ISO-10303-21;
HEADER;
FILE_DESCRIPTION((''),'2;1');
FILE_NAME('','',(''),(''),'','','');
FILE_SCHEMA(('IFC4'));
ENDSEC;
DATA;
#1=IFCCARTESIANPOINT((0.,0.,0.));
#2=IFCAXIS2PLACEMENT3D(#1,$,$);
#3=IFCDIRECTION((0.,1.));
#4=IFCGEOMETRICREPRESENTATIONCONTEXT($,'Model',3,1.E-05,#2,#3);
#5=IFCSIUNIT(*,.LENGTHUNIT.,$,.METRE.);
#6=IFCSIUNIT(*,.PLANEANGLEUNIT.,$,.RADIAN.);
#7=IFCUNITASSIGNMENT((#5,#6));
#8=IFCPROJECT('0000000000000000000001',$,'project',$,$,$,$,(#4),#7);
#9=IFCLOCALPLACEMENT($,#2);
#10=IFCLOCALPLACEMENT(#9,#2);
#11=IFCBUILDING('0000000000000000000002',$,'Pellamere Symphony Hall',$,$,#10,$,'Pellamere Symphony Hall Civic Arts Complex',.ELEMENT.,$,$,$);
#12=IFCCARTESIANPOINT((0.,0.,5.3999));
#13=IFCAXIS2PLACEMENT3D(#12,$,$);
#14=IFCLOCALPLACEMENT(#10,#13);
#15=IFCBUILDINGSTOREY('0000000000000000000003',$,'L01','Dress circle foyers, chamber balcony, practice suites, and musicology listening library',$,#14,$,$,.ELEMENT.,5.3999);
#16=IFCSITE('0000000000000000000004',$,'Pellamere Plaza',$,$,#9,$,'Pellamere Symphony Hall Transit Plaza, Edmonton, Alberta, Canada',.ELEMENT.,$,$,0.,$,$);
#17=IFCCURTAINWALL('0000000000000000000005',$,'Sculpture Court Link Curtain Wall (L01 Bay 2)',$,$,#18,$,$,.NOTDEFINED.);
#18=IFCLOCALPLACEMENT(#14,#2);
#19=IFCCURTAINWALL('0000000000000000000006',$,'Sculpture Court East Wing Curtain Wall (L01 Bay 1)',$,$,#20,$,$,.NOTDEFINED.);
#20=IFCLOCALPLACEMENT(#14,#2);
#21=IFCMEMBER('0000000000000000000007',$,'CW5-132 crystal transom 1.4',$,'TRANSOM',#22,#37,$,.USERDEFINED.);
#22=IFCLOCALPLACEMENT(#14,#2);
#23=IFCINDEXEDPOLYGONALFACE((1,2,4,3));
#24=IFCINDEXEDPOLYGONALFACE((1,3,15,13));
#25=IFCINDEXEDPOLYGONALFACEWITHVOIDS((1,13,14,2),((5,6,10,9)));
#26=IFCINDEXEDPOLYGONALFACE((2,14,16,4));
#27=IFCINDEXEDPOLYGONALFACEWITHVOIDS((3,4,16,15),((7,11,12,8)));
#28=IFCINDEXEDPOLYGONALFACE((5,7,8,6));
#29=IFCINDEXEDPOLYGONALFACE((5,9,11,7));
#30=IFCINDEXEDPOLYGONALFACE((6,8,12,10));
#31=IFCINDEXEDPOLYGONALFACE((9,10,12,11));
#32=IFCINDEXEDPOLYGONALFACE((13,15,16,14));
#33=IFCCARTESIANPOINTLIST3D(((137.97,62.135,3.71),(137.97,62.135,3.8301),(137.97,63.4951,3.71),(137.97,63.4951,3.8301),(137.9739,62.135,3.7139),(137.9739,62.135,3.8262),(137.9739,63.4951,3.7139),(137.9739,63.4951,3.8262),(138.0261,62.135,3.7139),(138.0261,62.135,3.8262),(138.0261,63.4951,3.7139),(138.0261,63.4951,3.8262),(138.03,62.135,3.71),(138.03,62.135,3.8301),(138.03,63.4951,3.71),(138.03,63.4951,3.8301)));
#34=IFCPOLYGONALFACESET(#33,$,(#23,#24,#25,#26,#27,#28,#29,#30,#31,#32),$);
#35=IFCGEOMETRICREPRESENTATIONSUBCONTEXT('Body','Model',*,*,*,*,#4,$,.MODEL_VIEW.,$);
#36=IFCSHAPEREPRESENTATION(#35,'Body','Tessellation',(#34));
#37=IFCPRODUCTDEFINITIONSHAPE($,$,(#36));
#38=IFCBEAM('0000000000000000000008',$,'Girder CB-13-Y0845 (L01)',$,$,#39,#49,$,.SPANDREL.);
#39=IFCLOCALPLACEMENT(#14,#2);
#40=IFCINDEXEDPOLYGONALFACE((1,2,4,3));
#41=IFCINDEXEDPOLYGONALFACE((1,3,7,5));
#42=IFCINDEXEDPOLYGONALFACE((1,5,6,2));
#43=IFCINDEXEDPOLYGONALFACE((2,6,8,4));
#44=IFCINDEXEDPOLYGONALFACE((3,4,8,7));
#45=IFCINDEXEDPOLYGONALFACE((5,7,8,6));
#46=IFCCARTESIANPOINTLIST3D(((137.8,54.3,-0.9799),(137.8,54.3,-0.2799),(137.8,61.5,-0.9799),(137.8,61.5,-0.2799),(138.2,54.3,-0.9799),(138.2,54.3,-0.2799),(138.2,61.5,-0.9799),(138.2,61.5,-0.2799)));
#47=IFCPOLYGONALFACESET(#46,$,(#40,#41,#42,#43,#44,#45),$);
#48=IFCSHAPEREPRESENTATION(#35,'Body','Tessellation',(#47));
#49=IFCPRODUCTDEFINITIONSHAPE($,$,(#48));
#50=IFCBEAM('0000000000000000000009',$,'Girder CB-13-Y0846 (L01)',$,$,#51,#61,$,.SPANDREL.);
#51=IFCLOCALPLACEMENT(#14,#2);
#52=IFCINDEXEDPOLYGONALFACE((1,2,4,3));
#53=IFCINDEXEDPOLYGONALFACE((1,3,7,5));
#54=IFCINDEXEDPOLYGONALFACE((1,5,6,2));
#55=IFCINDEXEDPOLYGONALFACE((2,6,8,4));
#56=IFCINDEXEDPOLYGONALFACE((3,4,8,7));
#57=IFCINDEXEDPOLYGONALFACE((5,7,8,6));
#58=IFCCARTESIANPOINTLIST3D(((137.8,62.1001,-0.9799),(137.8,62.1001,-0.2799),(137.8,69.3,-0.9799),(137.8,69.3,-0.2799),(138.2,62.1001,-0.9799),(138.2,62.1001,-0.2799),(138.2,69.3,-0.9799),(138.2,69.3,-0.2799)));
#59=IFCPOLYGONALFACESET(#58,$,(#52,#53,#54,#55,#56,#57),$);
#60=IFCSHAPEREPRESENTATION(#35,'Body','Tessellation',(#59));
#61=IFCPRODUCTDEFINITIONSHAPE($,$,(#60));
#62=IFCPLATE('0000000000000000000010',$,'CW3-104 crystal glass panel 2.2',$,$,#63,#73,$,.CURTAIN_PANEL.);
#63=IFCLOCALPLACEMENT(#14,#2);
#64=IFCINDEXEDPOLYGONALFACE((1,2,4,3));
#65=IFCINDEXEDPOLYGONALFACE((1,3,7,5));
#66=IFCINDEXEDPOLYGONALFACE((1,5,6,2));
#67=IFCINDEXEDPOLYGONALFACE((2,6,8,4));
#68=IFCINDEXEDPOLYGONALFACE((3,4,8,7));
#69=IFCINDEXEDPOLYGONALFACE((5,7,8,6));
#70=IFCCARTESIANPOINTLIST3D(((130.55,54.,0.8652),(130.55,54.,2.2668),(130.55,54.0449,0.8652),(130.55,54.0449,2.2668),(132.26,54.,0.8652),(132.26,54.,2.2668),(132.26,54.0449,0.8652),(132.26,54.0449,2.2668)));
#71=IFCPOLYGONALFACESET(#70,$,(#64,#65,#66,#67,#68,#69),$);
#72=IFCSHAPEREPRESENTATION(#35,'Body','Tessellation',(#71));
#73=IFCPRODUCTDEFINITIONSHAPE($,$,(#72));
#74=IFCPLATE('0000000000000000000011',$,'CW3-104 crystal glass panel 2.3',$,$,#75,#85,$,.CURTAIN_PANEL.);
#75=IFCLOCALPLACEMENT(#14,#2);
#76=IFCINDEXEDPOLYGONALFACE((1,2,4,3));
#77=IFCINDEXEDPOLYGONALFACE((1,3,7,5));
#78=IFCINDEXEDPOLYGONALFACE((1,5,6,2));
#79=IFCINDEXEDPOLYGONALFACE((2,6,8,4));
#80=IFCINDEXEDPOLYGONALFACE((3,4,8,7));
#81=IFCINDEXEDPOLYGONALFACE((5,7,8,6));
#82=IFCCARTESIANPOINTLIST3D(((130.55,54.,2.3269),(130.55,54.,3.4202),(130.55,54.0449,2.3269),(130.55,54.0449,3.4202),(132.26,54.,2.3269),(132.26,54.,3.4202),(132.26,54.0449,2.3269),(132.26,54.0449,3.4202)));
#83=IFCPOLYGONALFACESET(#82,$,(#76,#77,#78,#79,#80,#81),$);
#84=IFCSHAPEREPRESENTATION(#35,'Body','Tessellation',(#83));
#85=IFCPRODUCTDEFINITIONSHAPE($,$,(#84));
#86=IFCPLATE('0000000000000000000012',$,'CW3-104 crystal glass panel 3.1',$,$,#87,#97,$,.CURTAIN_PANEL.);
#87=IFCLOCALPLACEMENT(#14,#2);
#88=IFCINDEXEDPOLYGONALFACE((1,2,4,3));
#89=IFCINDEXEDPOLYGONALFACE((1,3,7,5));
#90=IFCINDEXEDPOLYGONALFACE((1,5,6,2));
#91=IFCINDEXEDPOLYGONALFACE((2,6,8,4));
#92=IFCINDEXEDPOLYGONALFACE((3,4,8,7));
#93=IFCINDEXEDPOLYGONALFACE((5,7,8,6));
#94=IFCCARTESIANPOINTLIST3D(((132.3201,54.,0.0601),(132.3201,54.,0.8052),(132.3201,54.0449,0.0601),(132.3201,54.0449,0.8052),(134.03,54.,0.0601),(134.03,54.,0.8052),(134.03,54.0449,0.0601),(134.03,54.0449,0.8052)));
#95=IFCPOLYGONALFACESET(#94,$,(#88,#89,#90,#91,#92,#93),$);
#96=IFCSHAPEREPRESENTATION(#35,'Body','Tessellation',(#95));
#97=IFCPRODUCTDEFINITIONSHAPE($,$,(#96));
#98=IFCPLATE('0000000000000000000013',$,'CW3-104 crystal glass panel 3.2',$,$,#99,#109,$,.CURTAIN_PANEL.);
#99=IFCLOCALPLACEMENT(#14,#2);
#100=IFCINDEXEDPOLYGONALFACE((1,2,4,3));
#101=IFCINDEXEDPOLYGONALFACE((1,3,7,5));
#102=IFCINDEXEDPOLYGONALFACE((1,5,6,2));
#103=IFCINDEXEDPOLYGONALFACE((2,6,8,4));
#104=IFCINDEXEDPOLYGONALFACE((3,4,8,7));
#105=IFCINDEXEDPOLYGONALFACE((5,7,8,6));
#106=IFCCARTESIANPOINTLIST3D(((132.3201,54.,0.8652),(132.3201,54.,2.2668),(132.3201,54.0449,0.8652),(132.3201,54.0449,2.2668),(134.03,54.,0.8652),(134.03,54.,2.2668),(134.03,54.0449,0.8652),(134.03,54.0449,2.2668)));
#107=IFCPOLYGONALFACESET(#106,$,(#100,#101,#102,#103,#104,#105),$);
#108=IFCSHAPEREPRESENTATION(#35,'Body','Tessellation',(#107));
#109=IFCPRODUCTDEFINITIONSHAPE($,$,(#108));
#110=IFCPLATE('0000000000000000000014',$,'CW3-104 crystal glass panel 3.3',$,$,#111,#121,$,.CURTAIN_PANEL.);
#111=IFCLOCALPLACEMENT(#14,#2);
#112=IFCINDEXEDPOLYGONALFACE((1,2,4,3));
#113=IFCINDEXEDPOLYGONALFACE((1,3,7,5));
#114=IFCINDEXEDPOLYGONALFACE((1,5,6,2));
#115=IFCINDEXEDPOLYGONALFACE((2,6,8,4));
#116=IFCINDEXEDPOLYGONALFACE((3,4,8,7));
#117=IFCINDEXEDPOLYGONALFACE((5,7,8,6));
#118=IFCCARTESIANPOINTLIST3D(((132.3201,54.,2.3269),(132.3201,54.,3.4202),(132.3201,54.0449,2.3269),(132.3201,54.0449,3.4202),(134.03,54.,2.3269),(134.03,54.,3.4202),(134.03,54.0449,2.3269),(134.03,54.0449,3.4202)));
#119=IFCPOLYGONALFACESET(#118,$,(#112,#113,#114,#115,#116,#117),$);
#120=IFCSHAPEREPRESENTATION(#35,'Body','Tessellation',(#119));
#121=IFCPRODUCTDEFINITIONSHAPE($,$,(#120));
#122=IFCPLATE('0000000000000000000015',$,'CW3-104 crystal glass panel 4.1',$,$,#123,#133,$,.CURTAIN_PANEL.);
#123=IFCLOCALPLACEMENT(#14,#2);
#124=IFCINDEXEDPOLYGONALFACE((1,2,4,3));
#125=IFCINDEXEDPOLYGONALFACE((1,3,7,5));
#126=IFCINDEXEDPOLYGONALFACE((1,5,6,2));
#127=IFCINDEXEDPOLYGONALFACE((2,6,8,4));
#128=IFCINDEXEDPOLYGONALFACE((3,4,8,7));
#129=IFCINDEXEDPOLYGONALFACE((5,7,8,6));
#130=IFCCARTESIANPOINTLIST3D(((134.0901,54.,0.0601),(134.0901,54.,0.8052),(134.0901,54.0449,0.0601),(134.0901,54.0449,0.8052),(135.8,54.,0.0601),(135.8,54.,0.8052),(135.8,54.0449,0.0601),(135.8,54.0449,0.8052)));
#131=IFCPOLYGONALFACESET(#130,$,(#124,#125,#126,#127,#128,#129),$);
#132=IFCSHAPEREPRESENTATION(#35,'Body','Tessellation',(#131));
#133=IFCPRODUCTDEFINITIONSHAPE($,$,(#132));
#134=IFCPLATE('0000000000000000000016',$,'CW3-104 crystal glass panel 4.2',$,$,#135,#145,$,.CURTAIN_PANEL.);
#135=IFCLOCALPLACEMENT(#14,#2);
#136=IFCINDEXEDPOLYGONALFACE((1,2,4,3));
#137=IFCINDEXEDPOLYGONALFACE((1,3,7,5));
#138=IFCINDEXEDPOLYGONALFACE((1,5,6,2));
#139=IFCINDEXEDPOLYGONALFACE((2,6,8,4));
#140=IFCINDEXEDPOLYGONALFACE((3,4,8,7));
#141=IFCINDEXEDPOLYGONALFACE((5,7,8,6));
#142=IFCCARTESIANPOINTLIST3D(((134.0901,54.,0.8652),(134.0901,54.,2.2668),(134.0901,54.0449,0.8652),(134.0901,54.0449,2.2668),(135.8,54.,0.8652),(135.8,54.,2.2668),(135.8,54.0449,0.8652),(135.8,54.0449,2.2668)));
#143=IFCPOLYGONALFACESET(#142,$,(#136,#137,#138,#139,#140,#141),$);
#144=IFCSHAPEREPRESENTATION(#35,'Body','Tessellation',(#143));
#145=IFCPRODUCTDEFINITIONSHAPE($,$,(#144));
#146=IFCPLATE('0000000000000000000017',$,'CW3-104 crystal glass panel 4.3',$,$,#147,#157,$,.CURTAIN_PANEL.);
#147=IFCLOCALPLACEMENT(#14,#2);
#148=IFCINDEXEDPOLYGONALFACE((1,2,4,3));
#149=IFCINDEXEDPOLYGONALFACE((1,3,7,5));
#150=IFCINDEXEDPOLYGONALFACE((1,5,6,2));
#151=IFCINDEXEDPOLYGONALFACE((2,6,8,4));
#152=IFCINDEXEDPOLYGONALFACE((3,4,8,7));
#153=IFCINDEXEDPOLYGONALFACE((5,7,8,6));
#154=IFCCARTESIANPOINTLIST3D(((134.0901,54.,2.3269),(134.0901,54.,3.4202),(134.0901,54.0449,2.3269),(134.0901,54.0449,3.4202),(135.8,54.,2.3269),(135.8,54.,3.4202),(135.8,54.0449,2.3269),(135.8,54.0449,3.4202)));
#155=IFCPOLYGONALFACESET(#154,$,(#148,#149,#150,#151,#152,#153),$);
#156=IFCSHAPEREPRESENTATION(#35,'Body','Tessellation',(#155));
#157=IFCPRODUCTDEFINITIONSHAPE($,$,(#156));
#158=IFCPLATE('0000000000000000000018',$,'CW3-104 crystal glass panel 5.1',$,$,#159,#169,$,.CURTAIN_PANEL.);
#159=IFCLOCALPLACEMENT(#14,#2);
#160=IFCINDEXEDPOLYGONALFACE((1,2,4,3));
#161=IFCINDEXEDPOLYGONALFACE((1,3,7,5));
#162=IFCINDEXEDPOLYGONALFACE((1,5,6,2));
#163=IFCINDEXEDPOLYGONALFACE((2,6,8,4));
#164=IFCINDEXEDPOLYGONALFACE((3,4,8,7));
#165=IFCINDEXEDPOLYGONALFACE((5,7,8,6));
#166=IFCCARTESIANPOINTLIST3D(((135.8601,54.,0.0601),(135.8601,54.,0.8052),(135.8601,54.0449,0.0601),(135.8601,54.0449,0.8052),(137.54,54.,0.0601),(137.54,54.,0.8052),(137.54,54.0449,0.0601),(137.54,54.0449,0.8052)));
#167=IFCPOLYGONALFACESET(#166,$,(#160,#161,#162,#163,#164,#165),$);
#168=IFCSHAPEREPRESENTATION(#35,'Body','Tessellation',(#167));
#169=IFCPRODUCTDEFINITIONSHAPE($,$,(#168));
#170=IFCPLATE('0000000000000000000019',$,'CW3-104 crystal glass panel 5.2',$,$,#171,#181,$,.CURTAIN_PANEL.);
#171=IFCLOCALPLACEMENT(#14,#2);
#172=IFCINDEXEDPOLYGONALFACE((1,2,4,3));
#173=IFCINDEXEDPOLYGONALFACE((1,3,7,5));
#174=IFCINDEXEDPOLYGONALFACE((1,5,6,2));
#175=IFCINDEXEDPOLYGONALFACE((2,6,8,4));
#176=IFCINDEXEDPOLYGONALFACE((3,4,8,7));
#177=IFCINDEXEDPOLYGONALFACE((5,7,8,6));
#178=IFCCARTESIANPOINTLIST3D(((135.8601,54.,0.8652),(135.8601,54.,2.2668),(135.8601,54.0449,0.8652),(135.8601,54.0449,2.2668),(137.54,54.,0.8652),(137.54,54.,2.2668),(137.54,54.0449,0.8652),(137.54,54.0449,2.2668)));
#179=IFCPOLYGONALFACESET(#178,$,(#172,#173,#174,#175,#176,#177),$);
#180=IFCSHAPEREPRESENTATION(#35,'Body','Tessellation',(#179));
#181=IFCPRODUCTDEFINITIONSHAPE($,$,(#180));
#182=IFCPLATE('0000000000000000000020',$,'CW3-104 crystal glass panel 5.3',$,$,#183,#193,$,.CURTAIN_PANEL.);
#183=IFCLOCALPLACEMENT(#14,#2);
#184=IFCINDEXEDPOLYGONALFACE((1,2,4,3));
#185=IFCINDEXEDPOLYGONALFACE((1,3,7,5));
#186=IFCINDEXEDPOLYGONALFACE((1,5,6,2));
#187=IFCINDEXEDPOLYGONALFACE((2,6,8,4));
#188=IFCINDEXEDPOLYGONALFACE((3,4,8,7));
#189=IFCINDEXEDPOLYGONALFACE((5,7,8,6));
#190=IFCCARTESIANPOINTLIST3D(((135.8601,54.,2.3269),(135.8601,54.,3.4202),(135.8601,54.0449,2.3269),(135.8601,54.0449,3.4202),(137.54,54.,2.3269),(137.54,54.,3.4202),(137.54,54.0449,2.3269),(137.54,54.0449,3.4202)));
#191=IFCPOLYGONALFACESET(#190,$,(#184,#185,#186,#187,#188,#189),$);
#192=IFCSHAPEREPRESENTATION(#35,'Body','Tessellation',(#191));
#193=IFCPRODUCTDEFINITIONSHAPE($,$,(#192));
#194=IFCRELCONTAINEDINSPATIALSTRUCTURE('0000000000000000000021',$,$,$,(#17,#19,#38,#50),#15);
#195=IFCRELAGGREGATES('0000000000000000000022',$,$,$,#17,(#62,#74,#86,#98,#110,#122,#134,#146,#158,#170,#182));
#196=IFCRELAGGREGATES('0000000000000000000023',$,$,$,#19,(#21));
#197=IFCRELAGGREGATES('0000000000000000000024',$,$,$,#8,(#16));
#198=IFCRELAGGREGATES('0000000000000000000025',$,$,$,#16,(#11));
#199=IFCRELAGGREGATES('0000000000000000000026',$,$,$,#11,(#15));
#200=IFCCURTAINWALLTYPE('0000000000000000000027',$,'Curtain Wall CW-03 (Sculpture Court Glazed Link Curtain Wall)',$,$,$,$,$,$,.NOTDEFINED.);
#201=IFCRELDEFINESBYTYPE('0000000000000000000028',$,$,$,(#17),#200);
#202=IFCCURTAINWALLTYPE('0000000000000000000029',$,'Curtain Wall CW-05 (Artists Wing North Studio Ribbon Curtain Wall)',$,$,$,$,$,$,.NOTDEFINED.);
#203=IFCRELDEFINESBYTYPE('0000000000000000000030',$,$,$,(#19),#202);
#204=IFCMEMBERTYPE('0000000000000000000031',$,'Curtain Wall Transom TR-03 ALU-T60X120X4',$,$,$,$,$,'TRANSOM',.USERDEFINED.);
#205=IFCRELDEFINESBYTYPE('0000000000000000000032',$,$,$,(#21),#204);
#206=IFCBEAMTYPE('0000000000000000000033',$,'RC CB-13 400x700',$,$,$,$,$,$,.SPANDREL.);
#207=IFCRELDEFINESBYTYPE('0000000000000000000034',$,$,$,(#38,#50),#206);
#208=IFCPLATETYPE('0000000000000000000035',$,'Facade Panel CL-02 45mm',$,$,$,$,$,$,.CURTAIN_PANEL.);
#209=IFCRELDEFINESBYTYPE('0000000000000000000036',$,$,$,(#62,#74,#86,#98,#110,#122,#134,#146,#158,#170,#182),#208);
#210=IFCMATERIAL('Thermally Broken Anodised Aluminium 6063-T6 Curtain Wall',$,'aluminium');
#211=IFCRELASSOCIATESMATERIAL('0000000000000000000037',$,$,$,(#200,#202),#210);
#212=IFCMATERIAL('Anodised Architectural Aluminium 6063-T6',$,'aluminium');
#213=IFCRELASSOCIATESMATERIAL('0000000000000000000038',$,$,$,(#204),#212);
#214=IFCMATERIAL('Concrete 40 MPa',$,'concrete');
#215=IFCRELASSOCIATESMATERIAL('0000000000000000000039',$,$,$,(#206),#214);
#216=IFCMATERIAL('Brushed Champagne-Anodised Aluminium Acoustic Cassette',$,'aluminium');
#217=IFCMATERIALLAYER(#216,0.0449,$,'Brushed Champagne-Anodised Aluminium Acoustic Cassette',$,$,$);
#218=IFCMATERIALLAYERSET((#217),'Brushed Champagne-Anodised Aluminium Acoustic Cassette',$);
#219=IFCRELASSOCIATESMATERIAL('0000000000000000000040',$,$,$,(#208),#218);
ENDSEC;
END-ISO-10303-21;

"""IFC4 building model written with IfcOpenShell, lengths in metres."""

from ifc_helpers import new_model, si_unit, direction, frame, origin, origin_2d, place, context, subcontext, project, spatial, polyline, rectangle, hollow_rectangle, outline, extrude, material, layer, layer_set, material_profile, profile_set, type_object, element, aggregate, save


model = new_model("IFC4")

# Units and contexts
model_context = context("Model", 3, precision=1e-05, world=origin(), true_north=direction((0.0, 1.0)))
body_context = subcontext(model_context, "Body", "Model", "MODEL_VIEW")
ifc_project = project(units=[si_unit("LENGTHUNIT", "METRE"), si_unit("PLANEANGLEUNIT", "RADIAN")], contexts=[model_context])

# Site, building, storey
site_placement = place(None, origin())
site = spatial("IfcSite", under=ifc_project, at=site_placement, Name="Pellamere Plaza", LongName="Pellamere Symphony Hall Transit Plaza, Edmonton, Alberta, Canada", CompositionType="ELEMENT", RefElevation=0.0)
building_placement = place(site_placement, origin())
building = spatial("IfcBuilding", under=site, at=building_placement, Name="Pellamere Symphony Hall", LongName="Pellamere Symphony Hall Civic Arts Complex", CompositionType="ELEMENT")
storey_placement = place(building_placement, frame((0.0, 0.0, 5.3999)))
storey = spatial("IfcBuildingStorey", under=building, at=storey_placement, Name="L01", Description="Dress circle foyers, chamber balcony, practice suites, and musicology listening library", CompositionType="ELEMENT", Elevation=5.3999)

# Shared definitions
ifc_material_1 = material(Name="Concrete 40 MPa", Category="concrete")

# Curtain wall
ifc_material_2 = material(Name="Thermally Broken Anodised Aluminium 6063-T6 Curtain Wall", Category="aluminium")
curtain_wall_type_1 = type_object("IfcCurtainWallType", Name="Curtain Wall CW-03 (Sculpture Court Glazed Link Curtain Wall)", PredefinedType="NOTDEFINED", material=ifc_material_2)
curtain_wall_1_placement = place(storey_placement, origin())
curtain_wall_1 = element("IfcCurtainWall", 1, at=curtain_wall_1_placement, inside=storey, type_object=curtain_wall_type_1, Name="Sculpture Court Link Curtain Wall (L01 Bay 2)", PredefinedType="NOTDEFINED")
ifc_material_3 = material(Name="Anodised Architectural Aluminium 6063-T6", Category="aluminium")

# Curtain wall
curtain_wall_type_2 = type_object("IfcCurtainWallType", Name="Curtain Wall CW-05 (Artists Wing North Studio Ribbon Curtain Wall)", PredefinedType="NOTDEFINED", material=ifc_material_2)
curtain_wall_2_placement = place(storey_placement, origin())
curtain_wall_2 = element("IfcCurtainWall", 2, at=curtain_wall_2_placement, inside=storey, type_object=curtain_wall_type_2, Name="Sculpture Court East Wing Curtain Wall (L01 Bay 1)", PredefinedType="NOTDEFINED")

# Member
ifc_material_profile_1 = material_profile(ifc_material_3, hollow_rectangle(XDim=0.0601, YDim=0.1201, WallThickness=0.0039, at=origin_2d()), Name="ALU-T60X120X4")
ifc_profile_set_1 = profile_set([ifc_material_profile_1], Name="Anodised Architectural Aluminium 6063-T6")
member_type_1 = type_object("IfcMemberType", Name="Curtain Wall Transom TR-03 ALU-T60X120X4", ElementType="TRANSOM", PredefinedType="USERDEFINED", material=ifc_profile_set_1)
member_1_placement = place(storey_placement, frame((138.0, 62.135, 3.77), z_axis=(0.0, 1.0, 0.0), x_axis=(-1.0, 0.0, 0.0)))
member_1 = element("IfcMember", 3, at=member_1_placement, type_object=member_type_1, Name="CW5-132 crystal transom 1.4", ObjectType="TRANSOM", PredefinedType="USERDEFINED", context=body_context, shape_type="SweptSolid", body=[
    extrude(hollow_rectangle(XDim=0.0601, YDim=0.1201, WallThickness=0.0039, at=origin_2d()), origin(), (0.0, 0.0, 1.0), 1.3601),
])

# Beams
ifc_material_profile_2 = material_profile(ifc_material_1, rectangle(XDim=0.3999, YDim=0.7, at=origin_2d()), Name="RC 400x700")
ifc_profile_set_2 = profile_set([ifc_material_profile_2], Name="Concrete 40 MPa")
beam_type = type_object("IfcBeamType", Name="RC CB-13 400x700", PredefinedType="SPANDREL", material=ifc_profile_set_2)
for number, where, z_axis, x_axis, name in (
    (4, (138.0, 54.3, -0.6299), (0.0, 1.0, 0.0), (-1.0, 0.0, 0.0), "Girder CB-13-Y0845 (L01)"),
    (5, (138.0, 62.1001, -0.6299), (0.0, 1.0, 0.0), (-1.0, 0.0, 0.0), "Girder CB-13-Y0846 (L01)"),
):
    element("IfcBeam", number, at=place(storey_placement, frame(where, z_axis=z_axis, x_axis=x_axis)), inside=storey, type_object=beam_type, Name=name, PredefinedType="SPANDREL", context=body_context, shape_type="SweptSolid", body=[
        extrude(rectangle(XDim=0.3999, YDim=0.7, at=origin_2d()), origin(), (0.0, 0.0, 1.0), 7.2),
    ])

# Plates
ifc_material_4 = material(Name="Brushed Champagne-Anodised Aluminium Acoustic Cassette", Category="aluminium")
ifc_layer_1 = layer(ifc_material_4, 0.0449, Name="Brushed Champagne-Anodised Aluminium Acoustic Cassette")
ifc_layer_set_1 = layer_set([ifc_layer_1], Name="Brushed Champagne-Anodised Aluminium Acoustic Cassette")
plate_type_1 = type_object("IfcPlateType", Name="Facade Panel CL-02 45mm", PredefinedType="CURTAIN_PANEL", material=ifc_layer_set_1)
plate_1_placement = place(storey_placement, frame((130.55, 54.0, 0.8652), z_axis=(0.0, -1.0, 0.0), x_axis=(1.0, 0.0, 0.0)))
plate_1 = element("IfcPlate", 6, at=plate_1_placement, type_object=plate_type_1, Name="CW3-104 crystal glass panel 2.2", PredefinedType="CURTAIN_PANEL", context=body_context, shape_type="SweptSolid", body=[
    extrude(outline(polyline([(0.0, 0.0), (1.71, 0.0), (1.71, 1.4016), (0.0, 1.4016), (0.0, 0.0)])), origin(), (0.0, 0.0, -1.0), 0.0449),
])
plate_2_placement = place(storey_placement, frame((130.55, 54.0, 2.3269), z_axis=(0.0, -1.0, 0.0), x_axis=(1.0, 0.0, 0.0)))
plate_2 = element("IfcPlate", 7, at=plate_2_placement, type_object=plate_type_1, Name="CW3-104 crystal glass panel 2.3", PredefinedType="CURTAIN_PANEL", context=body_context, shape_type="SweptSolid", body=[
    extrude(outline(polyline([(0.0, 0.0), (1.71, 0.0), (1.71, 1.0933), (0.0, 1.0933), (0.0, 0.0)])), origin(), (0.0, 0.0, -1.0), 0.0449),
])
plate_3_placement = place(storey_placement, frame((132.3201, 54.0, 0.0601), z_axis=(0.0, -1.0, 0.0), x_axis=(1.0, 0.0, 0.0)))
plate_3 = element("IfcPlate", 8, at=plate_3_placement, type_object=plate_type_1, Name="CW3-104 crystal glass panel 3.1", PredefinedType="CURTAIN_PANEL", context=body_context, shape_type="SweptSolid", body=[
    extrude(outline(polyline([(0.0, 0.0), (1.71, 0.0), (1.71, 0.7451), (0.0, 0.7451), (0.0, 0.0)])), origin(), (0.0, 0.0, -1.0), 0.0449),
])
plate_4_placement = place(storey_placement, frame((132.3201, 54.0, 0.8652), z_axis=(0.0, -1.0, 0.0), x_axis=(1.0, 0.0, 0.0)))
plate_4 = element("IfcPlate", 9, at=plate_4_placement, type_object=plate_type_1, Name="CW3-104 crystal glass panel 3.2", PredefinedType="CURTAIN_PANEL", context=body_context, shape_type="SweptSolid", body=[
    extrude(outline(polyline([(0.0, 0.0), (1.71, 0.0), (1.71, 1.4016), (0.0, 1.4016), (0.0, 0.0)])), origin(), (0.0, 0.0, -1.0), 0.0449),
])
plate_5_placement = place(storey_placement, frame((132.3201, 54.0, 2.3269), z_axis=(0.0, -1.0, 0.0), x_axis=(1.0, 0.0, 0.0)))
plate_5 = element("IfcPlate", 10, at=plate_5_placement, type_object=plate_type_1, Name="CW3-104 crystal glass panel 3.3", PredefinedType="CURTAIN_PANEL", context=body_context, shape_type="SweptSolid", body=[
    extrude(outline(polyline([(0.0, 0.0), (1.71, 0.0), (1.71, 1.0933), (0.0, 1.0933), (0.0, 0.0)])), origin(), (0.0, 0.0, -1.0), 0.0449),
])
plate_6_placement = place(storey_placement, frame((134.0901, 54.0, 0.0601), z_axis=(0.0, -1.0, 0.0), x_axis=(1.0, 0.0, 0.0)))
plate_6 = element("IfcPlate", 11, at=plate_6_placement, type_object=plate_type_1, Name="CW3-104 crystal glass panel 4.1", PredefinedType="CURTAIN_PANEL", context=body_context, shape_type="SweptSolid", body=[
    extrude(outline(polyline([(0.0, 0.0), (1.71, 0.0), (1.71, 0.7451), (0.0, 0.7451), (0.0, 0.0)])), origin(), (0.0, 0.0, -1.0), 0.0449),
])
plate_7_placement = place(storey_placement, frame((134.0901, 54.0, 0.8652), z_axis=(0.0, -1.0, 0.0), x_axis=(1.0, 0.0, 0.0)))
plate_7 = element("IfcPlate", 12, at=plate_7_placement, type_object=plate_type_1, Name="CW3-104 crystal glass panel 4.2", PredefinedType="CURTAIN_PANEL", context=body_context, shape_type="SweptSolid", body=[
    extrude(outline(polyline([(0.0, 0.0), (1.71, 0.0), (1.71, 1.4016), (0.0, 1.4016), (0.0, 0.0)])), origin(), (0.0, 0.0, -1.0), 0.0449),
])
plate_8_placement = place(storey_placement, frame((134.0901, 54.0, 2.3269), z_axis=(0.0, -1.0, 0.0), x_axis=(1.0, 0.0, 0.0)))
plate_8 = element("IfcPlate", 13, at=plate_8_placement, type_object=plate_type_1, Name="CW3-104 crystal glass panel 4.3", PredefinedType="CURTAIN_PANEL", context=body_context, shape_type="SweptSolid", body=[
    extrude(outline(polyline([(0.0, 0.0), (1.71, 0.0), (1.71, 1.0933), (0.0, 1.0933), (0.0, 0.0)])), origin(), (0.0, 0.0, -1.0), 0.0449),
])
plate_9_placement = place(storey_placement, frame((135.8601, 54.0, 0.0601), z_axis=(0.0, -1.0, 0.0), x_axis=(1.0, 0.0, 0.0)))
plate_9 = element("IfcPlate", 14, at=plate_9_placement, type_object=plate_type_1, Name="CW3-104 crystal glass panel 5.1", PredefinedType="CURTAIN_PANEL", context=body_context, shape_type="SweptSolid", body=[
    extrude(outline(polyline([(0.0, 0.0), (1.6799, 0.0), (1.6799, 0.7451), (0.0, 0.7451), (0.0, 0.0)])), origin(), (0.0, 0.0, -1.0), 0.0449),
])
plate_10_placement = place(storey_placement, frame((135.8601, 54.0, 0.8652), z_axis=(0.0, -1.0, 0.0), x_axis=(1.0, 0.0, 0.0)))
plate_10 = element("IfcPlate", 15, at=plate_10_placement, type_object=plate_type_1, Name="CW3-104 crystal glass panel 5.2", PredefinedType="CURTAIN_PANEL", context=body_context, shape_type="SweptSolid", body=[
    extrude(outline(polyline([(0.0, 0.0), (1.6799, 0.0), (1.6799, 1.4016), (0.0, 1.4016), (0.0, 0.0)])), origin(), (0.0, 0.0, -1.0), 0.0449),
])
plate_11_placement = place(storey_placement, frame((135.8601, 54.0, 2.3269), z_axis=(0.0, -1.0, 0.0), x_axis=(1.0, 0.0, 0.0)))
plate_11 = element("IfcPlate", 16, at=plate_11_placement, type_object=plate_type_1, Name="CW3-104 crystal glass panel 5.3", PredefinedType="CURTAIN_PANEL", context=body_context, shape_type="SweptSolid", body=[
    extrude(outline(polyline([(0.0, 0.0), (1.6799, 0.0), (1.6799, 1.0933), (0.0, 1.0933), (0.0, 0.0)])), origin(), (0.0, 0.0, -1.0), 0.0449),
])
aggregate(curtain_wall_1, [plate_1, plate_2, plate_3, plate_4, plate_5, plate_6, plate_7, plate_8, plate_9, plate_10, plate_11])
aggregate(curtain_wall_2, [member_1])

save(model, "model.ifc")
